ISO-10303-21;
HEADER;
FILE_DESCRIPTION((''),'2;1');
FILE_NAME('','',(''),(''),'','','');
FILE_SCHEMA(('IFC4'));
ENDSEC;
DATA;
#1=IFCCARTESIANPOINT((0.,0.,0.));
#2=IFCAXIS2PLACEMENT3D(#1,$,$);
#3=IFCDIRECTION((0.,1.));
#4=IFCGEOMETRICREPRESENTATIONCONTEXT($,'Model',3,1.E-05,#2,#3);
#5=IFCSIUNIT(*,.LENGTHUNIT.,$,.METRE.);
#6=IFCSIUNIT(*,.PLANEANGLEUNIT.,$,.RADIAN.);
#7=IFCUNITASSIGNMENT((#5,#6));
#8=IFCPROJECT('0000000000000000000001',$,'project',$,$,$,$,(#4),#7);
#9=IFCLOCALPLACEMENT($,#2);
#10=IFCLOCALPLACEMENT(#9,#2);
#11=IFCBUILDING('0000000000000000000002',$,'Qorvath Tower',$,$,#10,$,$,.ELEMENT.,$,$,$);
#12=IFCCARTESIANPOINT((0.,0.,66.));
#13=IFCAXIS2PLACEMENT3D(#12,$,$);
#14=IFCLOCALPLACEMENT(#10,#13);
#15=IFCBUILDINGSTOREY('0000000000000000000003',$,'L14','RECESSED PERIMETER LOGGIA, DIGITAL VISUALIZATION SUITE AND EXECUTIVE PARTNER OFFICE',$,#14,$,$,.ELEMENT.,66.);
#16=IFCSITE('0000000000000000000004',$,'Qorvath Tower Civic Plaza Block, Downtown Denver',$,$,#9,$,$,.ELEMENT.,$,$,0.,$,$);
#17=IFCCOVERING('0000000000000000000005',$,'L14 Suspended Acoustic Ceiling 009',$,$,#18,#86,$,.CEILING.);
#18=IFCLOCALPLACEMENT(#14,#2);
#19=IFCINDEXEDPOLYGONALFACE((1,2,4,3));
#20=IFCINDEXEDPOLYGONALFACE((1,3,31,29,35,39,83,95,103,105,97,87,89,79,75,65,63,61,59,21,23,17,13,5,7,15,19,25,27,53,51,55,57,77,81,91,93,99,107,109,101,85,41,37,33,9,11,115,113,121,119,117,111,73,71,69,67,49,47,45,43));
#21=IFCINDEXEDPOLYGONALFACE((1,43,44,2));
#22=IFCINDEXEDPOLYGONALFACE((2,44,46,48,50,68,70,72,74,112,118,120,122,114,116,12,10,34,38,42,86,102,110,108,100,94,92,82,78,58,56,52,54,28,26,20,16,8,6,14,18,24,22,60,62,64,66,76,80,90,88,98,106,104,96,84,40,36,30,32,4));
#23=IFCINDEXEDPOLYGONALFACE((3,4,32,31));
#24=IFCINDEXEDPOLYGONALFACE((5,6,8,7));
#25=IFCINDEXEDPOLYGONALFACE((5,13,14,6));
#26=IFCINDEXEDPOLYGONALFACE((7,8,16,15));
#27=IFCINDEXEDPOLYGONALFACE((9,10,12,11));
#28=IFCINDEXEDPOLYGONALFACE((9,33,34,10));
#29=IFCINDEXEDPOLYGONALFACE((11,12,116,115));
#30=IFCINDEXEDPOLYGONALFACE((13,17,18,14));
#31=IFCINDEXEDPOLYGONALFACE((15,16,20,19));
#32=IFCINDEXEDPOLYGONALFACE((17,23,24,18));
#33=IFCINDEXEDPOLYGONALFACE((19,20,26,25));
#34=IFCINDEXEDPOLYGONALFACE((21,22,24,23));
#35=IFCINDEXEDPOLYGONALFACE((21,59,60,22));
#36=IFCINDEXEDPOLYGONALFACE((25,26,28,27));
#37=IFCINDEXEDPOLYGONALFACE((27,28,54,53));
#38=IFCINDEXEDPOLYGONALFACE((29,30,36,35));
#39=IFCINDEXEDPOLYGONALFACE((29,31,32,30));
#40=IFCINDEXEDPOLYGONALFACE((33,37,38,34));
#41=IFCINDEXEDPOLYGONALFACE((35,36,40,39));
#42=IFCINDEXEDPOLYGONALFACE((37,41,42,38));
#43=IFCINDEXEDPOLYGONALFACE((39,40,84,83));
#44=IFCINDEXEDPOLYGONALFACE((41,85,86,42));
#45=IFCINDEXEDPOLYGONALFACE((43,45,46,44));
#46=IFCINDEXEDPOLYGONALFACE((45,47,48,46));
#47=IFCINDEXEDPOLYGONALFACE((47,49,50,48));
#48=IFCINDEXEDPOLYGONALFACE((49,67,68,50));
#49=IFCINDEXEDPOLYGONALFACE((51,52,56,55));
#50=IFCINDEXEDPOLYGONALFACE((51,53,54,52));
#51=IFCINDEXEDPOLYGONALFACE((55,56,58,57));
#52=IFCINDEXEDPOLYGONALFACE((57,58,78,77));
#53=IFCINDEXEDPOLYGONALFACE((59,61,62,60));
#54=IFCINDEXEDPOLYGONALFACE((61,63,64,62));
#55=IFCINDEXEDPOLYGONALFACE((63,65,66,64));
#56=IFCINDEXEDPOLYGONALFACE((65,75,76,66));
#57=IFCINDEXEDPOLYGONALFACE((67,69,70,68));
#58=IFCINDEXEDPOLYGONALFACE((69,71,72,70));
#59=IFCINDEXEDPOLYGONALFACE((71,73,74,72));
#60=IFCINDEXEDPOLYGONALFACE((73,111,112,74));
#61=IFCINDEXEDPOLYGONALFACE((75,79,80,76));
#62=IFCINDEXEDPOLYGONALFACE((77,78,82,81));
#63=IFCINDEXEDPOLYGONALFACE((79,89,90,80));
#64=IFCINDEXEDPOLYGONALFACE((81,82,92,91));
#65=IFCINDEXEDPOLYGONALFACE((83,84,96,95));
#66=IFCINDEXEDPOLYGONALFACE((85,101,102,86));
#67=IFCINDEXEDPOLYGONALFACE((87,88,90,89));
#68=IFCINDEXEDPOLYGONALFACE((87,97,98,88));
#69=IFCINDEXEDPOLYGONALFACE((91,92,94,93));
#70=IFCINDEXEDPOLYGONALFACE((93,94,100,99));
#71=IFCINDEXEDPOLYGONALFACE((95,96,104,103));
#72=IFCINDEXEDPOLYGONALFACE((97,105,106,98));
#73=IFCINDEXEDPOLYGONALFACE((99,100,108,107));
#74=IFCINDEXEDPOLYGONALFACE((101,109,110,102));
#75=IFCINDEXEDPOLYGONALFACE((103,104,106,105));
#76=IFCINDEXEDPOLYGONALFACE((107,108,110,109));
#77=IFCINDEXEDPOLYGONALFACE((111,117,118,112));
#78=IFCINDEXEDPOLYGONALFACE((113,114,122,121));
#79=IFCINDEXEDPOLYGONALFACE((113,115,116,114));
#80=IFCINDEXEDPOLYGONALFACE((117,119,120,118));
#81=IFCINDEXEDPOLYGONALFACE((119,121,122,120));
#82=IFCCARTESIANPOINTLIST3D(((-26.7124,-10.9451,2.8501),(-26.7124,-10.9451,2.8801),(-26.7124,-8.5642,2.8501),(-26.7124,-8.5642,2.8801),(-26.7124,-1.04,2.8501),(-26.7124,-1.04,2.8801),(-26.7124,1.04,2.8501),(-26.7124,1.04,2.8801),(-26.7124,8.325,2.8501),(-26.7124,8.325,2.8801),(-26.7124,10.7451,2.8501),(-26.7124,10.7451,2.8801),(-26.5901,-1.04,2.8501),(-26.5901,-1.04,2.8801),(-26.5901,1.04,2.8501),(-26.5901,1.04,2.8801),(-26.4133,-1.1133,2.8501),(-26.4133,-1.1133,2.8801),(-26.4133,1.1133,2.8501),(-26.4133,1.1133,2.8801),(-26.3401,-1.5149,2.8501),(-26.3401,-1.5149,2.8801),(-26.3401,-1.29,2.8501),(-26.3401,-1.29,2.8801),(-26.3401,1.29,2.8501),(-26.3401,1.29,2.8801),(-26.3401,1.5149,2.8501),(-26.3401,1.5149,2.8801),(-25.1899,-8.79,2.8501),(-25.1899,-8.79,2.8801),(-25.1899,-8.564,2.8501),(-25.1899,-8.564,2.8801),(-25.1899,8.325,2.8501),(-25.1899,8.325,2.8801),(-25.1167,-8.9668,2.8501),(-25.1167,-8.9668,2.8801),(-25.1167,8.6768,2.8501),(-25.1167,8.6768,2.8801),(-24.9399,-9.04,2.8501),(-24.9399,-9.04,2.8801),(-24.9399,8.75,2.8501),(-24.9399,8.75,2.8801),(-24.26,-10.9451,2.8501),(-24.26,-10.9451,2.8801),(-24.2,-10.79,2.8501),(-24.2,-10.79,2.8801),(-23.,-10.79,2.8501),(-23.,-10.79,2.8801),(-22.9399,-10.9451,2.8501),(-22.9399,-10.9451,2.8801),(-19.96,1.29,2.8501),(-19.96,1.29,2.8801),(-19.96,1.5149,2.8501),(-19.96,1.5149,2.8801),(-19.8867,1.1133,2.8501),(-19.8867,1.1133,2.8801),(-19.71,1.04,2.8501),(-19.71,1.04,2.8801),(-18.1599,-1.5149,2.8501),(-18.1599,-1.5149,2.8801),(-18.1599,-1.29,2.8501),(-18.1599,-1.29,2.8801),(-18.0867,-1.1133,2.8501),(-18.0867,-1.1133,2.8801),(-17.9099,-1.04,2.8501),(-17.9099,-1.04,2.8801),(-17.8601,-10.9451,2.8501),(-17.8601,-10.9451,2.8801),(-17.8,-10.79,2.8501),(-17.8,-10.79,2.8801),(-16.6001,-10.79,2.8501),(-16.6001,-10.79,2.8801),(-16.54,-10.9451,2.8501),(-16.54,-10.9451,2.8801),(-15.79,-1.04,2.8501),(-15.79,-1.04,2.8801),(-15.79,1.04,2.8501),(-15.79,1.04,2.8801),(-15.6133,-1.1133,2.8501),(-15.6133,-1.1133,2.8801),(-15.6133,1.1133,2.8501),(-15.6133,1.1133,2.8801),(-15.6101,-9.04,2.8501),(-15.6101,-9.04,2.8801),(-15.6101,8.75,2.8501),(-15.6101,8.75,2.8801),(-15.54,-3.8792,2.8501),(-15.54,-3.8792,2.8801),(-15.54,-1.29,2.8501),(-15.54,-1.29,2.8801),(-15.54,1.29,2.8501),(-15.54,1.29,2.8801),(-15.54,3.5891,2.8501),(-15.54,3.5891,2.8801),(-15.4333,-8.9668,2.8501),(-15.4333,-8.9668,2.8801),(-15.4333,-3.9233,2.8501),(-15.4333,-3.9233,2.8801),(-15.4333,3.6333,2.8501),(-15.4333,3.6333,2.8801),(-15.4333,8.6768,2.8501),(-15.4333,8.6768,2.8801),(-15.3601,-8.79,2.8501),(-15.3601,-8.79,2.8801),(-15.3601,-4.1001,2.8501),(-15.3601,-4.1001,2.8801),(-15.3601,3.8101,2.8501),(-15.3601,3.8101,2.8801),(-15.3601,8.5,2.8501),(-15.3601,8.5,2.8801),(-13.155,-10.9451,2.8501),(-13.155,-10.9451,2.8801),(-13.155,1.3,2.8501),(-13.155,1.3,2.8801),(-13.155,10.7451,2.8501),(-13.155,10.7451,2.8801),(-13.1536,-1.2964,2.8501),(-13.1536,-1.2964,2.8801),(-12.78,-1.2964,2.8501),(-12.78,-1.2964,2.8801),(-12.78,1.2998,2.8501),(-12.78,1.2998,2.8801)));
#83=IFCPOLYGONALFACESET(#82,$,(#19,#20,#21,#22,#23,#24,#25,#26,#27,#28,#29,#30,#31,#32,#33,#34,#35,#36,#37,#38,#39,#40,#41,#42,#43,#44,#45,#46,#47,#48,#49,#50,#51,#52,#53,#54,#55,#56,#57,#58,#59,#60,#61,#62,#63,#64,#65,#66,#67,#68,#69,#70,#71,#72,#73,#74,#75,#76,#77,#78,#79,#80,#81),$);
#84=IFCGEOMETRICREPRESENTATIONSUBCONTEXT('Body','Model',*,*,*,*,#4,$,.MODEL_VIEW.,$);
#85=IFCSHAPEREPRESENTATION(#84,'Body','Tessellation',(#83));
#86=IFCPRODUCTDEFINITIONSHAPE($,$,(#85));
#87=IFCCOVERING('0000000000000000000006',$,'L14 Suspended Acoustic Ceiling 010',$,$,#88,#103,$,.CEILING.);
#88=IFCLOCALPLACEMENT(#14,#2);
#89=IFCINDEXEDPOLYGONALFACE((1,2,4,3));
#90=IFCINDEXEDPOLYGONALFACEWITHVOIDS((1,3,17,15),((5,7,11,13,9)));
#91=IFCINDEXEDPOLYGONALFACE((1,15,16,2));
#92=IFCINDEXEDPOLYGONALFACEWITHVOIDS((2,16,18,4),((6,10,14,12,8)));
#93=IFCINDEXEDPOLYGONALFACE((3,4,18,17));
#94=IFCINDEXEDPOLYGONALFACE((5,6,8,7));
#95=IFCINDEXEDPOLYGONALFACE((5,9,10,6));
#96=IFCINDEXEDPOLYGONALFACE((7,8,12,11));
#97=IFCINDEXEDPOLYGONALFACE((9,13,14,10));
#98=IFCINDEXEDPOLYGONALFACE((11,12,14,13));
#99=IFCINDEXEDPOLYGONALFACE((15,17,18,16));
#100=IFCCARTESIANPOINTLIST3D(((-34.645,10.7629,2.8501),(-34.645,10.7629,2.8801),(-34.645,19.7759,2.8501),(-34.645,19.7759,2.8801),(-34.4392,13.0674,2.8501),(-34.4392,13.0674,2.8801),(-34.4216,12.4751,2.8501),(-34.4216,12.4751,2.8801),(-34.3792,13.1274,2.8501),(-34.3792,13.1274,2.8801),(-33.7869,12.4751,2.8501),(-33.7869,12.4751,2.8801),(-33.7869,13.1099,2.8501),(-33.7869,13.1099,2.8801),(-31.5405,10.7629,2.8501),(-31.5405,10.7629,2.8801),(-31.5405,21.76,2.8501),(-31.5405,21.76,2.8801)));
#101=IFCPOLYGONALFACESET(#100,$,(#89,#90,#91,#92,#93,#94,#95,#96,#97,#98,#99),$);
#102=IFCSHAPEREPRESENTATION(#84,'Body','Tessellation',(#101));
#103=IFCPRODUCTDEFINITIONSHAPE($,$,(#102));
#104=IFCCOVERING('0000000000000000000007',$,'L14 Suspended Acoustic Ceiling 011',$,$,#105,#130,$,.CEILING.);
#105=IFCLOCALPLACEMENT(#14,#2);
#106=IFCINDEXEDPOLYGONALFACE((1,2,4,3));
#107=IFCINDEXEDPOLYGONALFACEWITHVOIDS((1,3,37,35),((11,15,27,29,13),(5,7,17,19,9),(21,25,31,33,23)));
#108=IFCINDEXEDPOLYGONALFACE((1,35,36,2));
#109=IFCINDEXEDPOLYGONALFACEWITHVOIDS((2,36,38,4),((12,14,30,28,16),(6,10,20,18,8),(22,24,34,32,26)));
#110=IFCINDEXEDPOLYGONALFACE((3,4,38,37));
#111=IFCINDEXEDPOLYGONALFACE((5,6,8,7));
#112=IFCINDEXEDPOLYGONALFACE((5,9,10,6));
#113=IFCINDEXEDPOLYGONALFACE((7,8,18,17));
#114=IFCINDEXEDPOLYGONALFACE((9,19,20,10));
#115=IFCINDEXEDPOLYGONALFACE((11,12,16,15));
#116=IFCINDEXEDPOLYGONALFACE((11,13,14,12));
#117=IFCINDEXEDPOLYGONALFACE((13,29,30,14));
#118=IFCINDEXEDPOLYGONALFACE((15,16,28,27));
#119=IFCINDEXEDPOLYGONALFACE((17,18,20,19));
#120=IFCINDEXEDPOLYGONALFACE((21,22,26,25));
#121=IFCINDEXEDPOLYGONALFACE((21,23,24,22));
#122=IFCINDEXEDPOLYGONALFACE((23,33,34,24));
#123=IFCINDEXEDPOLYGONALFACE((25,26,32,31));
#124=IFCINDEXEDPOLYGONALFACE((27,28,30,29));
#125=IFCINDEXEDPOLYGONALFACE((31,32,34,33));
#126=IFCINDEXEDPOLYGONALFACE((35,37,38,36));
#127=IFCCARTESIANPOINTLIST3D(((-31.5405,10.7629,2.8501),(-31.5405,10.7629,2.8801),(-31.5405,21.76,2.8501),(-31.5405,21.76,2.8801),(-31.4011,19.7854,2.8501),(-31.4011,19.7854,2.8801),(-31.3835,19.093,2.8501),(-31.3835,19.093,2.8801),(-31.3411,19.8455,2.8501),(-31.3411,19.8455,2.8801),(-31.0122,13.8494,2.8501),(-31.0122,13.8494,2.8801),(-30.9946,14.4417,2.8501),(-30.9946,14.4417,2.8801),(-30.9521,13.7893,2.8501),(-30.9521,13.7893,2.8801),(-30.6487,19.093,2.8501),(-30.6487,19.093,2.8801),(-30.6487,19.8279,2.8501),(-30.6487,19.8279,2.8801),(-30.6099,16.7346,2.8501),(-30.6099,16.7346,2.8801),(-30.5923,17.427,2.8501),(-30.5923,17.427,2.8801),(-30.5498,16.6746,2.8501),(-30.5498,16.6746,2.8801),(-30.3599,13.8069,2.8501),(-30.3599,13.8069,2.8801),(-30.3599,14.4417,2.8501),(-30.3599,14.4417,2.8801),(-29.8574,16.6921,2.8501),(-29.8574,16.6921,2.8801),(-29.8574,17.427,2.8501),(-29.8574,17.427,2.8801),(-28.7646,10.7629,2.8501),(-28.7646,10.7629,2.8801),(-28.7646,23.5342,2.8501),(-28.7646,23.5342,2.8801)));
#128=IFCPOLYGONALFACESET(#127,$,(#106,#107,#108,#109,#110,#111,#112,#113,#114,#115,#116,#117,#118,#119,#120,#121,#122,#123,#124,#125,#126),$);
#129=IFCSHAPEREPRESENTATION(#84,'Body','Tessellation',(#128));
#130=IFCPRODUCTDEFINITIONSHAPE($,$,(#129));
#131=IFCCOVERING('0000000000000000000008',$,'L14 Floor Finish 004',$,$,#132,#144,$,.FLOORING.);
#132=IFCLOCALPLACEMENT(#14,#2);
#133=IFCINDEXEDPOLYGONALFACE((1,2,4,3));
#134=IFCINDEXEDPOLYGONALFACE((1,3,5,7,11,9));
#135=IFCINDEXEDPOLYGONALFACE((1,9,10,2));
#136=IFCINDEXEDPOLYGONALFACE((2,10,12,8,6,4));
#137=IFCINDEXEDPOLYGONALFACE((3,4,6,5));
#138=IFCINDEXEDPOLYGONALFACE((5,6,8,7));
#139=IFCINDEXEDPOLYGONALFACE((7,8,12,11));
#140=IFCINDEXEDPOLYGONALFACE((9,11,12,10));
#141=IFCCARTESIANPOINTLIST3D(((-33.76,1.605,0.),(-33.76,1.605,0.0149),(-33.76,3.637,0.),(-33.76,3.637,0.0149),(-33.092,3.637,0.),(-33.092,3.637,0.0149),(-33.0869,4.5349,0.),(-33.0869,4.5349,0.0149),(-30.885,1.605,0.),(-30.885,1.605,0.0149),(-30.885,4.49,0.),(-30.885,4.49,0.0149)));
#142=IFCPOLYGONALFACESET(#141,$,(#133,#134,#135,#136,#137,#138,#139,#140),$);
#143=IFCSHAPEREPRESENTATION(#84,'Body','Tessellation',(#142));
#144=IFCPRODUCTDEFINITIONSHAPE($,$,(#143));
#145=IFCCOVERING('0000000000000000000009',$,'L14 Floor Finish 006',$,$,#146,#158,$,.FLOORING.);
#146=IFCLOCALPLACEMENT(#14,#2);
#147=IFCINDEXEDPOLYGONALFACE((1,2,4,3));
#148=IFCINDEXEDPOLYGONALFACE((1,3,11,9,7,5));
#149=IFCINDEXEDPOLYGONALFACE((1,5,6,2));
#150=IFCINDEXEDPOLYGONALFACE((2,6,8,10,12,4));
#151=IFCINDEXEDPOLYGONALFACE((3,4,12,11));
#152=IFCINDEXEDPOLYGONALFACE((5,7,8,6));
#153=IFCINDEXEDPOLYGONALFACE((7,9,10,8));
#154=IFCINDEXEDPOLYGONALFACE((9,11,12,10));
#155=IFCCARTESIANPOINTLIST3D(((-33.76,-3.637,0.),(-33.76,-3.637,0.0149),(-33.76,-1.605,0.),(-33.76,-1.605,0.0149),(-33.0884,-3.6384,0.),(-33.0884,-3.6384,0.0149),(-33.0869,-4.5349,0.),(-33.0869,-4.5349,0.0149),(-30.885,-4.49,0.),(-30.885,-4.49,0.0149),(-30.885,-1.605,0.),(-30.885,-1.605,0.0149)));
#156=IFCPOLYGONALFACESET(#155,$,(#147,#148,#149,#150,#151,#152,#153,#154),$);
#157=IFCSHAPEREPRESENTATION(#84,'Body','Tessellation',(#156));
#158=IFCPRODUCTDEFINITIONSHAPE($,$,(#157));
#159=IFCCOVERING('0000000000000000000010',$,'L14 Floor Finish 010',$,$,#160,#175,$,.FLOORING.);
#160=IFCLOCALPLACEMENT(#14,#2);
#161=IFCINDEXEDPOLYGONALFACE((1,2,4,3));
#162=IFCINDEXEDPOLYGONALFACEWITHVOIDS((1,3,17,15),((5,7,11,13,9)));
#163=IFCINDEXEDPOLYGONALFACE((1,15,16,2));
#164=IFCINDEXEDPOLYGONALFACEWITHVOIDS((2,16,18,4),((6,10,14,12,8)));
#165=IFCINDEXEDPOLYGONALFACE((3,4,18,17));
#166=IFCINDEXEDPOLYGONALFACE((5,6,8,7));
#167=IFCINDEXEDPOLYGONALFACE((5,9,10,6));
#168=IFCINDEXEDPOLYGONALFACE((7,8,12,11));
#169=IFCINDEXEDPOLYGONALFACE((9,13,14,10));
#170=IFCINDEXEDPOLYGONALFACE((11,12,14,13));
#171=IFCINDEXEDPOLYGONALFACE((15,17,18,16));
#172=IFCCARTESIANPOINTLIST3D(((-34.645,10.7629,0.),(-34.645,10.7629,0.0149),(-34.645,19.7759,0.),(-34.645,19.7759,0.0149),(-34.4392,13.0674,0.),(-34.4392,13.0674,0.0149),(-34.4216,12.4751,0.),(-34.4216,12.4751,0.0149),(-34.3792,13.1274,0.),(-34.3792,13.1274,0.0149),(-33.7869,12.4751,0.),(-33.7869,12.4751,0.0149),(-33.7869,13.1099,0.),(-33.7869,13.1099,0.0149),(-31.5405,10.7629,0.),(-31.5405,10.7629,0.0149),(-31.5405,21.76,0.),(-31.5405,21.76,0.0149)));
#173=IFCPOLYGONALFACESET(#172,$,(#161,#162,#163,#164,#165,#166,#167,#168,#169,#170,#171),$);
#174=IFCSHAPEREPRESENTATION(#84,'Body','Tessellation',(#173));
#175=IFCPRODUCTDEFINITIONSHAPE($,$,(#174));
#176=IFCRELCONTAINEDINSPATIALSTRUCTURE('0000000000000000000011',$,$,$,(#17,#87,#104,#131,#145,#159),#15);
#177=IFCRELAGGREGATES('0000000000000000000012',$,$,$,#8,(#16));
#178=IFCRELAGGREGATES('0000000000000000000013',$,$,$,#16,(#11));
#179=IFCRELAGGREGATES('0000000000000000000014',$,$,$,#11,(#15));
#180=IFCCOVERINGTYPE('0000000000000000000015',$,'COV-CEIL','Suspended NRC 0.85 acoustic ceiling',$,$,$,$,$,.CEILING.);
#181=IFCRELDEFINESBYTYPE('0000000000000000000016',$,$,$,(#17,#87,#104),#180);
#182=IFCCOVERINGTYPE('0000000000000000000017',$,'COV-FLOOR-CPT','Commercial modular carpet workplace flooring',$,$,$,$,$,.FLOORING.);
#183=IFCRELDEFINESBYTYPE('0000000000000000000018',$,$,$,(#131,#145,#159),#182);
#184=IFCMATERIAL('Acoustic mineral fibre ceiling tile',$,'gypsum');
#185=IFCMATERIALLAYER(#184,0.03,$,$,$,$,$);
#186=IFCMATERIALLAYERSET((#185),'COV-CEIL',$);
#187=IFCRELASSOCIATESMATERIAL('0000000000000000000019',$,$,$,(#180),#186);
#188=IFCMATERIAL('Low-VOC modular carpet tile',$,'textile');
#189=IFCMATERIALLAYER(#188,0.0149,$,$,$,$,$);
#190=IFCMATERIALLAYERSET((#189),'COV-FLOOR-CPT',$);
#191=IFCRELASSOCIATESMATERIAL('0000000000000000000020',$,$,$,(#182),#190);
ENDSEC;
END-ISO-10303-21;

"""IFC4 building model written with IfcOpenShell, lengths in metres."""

from ifc_helpers import new_model, si_unit, direction, frame, origin, place, context, subcontext, project, spatial, polyline, outline, extrude, material, layer, layer_set, type_object, element, save


model = new_model("IFC4")

# Units and contexts
model_context = context("Model", 3, precision=1e-05, world=origin(), true_north=direction((0.0, 1.0)))
body_context = subcontext(model_context, "Body", "Model", "MODEL_VIEW")
ifc_project = project(units=[si_unit("LENGTHUNIT", "METRE"), si_unit("PLANEANGLEUNIT", "RADIAN")], contexts=[model_context])

# Site, building, storey
site_placement = place(None, origin())
site = spatial("IfcSite", under=ifc_project, at=site_placement, Name="Qorvath Tower Civic Plaza Block, Downtown Denver", CompositionType="ELEMENT", RefElevation=0.0)
building_placement = place(site_placement, origin())
building = spatial("IfcBuilding", under=site, at=building_placement, Name="Qorvath Tower", CompositionType="ELEMENT")
storey_placement = place(building_placement, frame((0.0, 0.0, 66.0)))
storey = spatial("IfcBuildingStorey", under=building, at=storey_placement, Name="L14", Description="RECESSED PERIMETER LOGGIA, DIGITAL VISUALIZATION SUITE AND EXECUTIVE PARTNER OFFICE", CompositionType="ELEMENT", Elevation=66.0)

# Coverings
ifc_material_1 = material(Name="Acoustic mineral fibre ceiling tile", Category="gypsum")
ifc_layer_1 = layer(ifc_material_1, 0.03)
ifc_layer_set_1 = layer_set([ifc_layer_1], Name="COV-CEIL")
covering_type_1 = type_object("IfcCoveringType", Name="COV-CEIL", Description="Suspended NRC 0.85 acoustic ceiling", PredefinedType="CEILING", material=ifc_layer_set_1)
covering_1_placement = place(storey_placement, frame((0.0, 0.0, 2.8501)))
element("IfcCovering", 1, at=covering_1_placement, inside=storey, type_object=covering_type_1, Name="L14 Suspended Acoustic Ceiling 009", PredefinedType="CEILING", context=body_context, shape_type="SweptSolid", body=[
    extrude(outline(polyline([(-13.155, 1.3), (-13.155, 10.7451), (-26.7124, 10.7451), (-26.7124, 8.325), (-25.1899, 8.325), (-25.1167, 8.6768), (-24.9399, 8.75), (-15.6101, 8.75), (-15.4333, 8.6768), (-15.3601, 8.5), (-15.3601, 3.8101), (-15.4333, 3.6333), (-15.54, 3.5891), (-15.54, 1.29), (-15.6133, 1.1133), (-15.79, 1.04), (-19.71, 1.04), (-19.8867, 1.1133), (-19.96, 1.29), (-19.96, 1.5149), (-26.3401, 1.5149), (-26.3401, 1.29), (-26.4133, 1.1133), (-26.5901, 1.04), (-26.7124, 1.04), (-26.7124, -1.04), (-26.5901, -1.04), (-26.4133, -1.1133), (-26.3401, -1.29), (-26.3401, -1.5149), (-18.1599, -1.5149), (-18.1599, -1.29), (-18.0867, -1.1133), (-17.9099, -1.04), (-15.79, -1.04), (-15.6133, -1.1133), (-15.54, -1.29), (-15.54, -3.8792), (-15.4333, -3.9233), (-15.3601, -4.1001), (-15.3601, -8.79), (-15.4333, -8.9668), (-15.6101, -9.04), (-24.9399, -9.04), (-25.1167, -8.9668), (-25.1899, -8.79), (-25.1899, -8.564), (-26.7124, -8.5642), (-26.7124, -10.9451), (-24.26, -10.9451), (-24.2, -10.79), (-23.0, -10.79), (-22.9399, -10.9451), (-17.8601, -10.9451), (-17.8, -10.79), (-16.6001, -10.79), (-16.54, -10.9451), (-13.155, -10.9451), (-13.1536, -1.2964), (-12.78, -1.2964), (-12.78, 1.2998), (-13.155, 1.3)])), origin(), (0.0, 0.0, 1.0), 0.03),
])
covering_2_placement = place(storey_placement, frame((0.0, 0.0, 2.8501)))
element("IfcCovering", 2, at=covering_2_placement, inside=storey, type_object=covering_type_1, Name="L14 Suspended Acoustic Ceiling 010", PredefinedType="CEILING", context=body_context, shape_type="SweptSolid", body=[
    extrude(outline(polyline([(-31.5405, 10.7629), (-31.5405, 21.76), (-34.645, 19.7759), (-34.645, 10.7629), (-31.5405, 10.7629)]), holes=[polyline([(-34.4392, 13.0674), (-34.3792, 13.1274), (-33.7869, 13.1099), (-33.7869, 12.4751), (-34.4216, 12.4751), (-34.4392, 13.0674)])]), origin(), (0.0, 0.0, 1.0), 0.03),
])
covering_3_placement = place(storey_placement, frame((0.0, 0.0, 2.8501)))
element("IfcCovering", 3, at=covering_3_placement, inside=storey, type_object=covering_type_1, Name="L14 Suspended Acoustic Ceiling 011", PredefinedType="CEILING", context=body_context, shape_type="SweptSolid", body=[
    extrude(outline(polyline([(-28.7646, 10.7629), (-28.7646, 23.5342), (-31.5405, 21.76), (-31.5405, 10.7629), (-28.7646, 10.7629)]), holes=[polyline([(-30.6099, 16.7346), (-30.5923, 17.427), (-29.8574, 17.427), (-29.8574, 16.6921), (-30.5498, 16.6746), (-30.6099, 16.7346)]), polyline([(-31.0122, 13.8494), (-30.9946, 14.4417), (-30.3599, 14.4417), (-30.3599, 13.8069), (-30.9521, 13.7893), (-31.0122, 13.8494)]), polyline([(-31.4011, 19.7854), (-31.3411, 19.8455), (-30.6487, 19.8279), (-30.6487, 19.093), (-31.3835, 19.093), (-31.4011, 19.7854)])]), origin(), (0.0, 0.0, 1.0), 0.03),
])
ifc_material_2 = material(Name="Low-VOC modular carpet tile", Category="textile")
ifc_layer_2 = layer(ifc_material_2, 0.0149)
ifc_layer_set_2 = layer_set([ifc_layer_2], Name="COV-FLOOR-CPT")
covering_type_2 = type_object("IfcCoveringType", Name="COV-FLOOR-CPT", Description="Commercial modular carpet workplace flooring", PredefinedType="FLOORING", material=ifc_layer_set_2)
covering_4_placement = place(storey_placement, origin())
element("IfcCovering", 4, at=covering_4_placement, inside=storey, type_object=covering_type_2, Name="L14 Floor Finish 004", PredefinedType="FLOORING", context=body_context, shape_type="SweptSolid", body=[
    extrude(outline(polyline([(-33.76, 3.637), (-33.76, 1.605), (-30.885, 1.605), (-30.885, 4.49), (-33.0869, 4.5349), (-33.092, 3.637), (-33.76, 3.637)])), origin(), (0.0, 0.0, 1.0), 0.0149),
])
covering_5_placement = place(storey_placement, origin())
element("IfcCovering", 5, at=covering_5_placement, inside=storey, type_object=covering_type_2, Name="L14 Floor Finish 006", PredefinedType="FLOORING", context=body_context, shape_type="SweptSolid", body=[
    extrude(outline(polyline([(-30.885, -1.605), (-33.76, -1.605), (-33.76, -3.637), (-33.0884, -3.6384), (-33.0869, -4.5349), (-30.885, -4.49), (-30.885, -1.605)])), origin(), (0.0, 0.0, 1.0), 0.0149),
])
covering_6_placement = place(storey_placement, origin())
element("IfcCovering", 6, at=covering_6_placement, inside=storey, type_object=covering_type_2, Name="L14 Floor Finish 010", PredefinedType="FLOORING", context=body_context, shape_type="SweptSolid", body=[
    extrude(outline(polyline([(-31.5405, 10.7629), (-31.5405, 21.76), (-34.645, 19.7759), (-34.645, 10.7629), (-31.5405, 10.7629)]), holes=[polyline([(-34.4392, 13.0674), (-34.3792, 13.1274), (-33.7869, 13.1099), (-33.7869, 12.4751), (-34.4216, 12.4751), (-34.4392, 13.0674)])]), origin(), (0.0, 0.0, 1.0), 0.0149),
])

save(model, "model.ifc")
